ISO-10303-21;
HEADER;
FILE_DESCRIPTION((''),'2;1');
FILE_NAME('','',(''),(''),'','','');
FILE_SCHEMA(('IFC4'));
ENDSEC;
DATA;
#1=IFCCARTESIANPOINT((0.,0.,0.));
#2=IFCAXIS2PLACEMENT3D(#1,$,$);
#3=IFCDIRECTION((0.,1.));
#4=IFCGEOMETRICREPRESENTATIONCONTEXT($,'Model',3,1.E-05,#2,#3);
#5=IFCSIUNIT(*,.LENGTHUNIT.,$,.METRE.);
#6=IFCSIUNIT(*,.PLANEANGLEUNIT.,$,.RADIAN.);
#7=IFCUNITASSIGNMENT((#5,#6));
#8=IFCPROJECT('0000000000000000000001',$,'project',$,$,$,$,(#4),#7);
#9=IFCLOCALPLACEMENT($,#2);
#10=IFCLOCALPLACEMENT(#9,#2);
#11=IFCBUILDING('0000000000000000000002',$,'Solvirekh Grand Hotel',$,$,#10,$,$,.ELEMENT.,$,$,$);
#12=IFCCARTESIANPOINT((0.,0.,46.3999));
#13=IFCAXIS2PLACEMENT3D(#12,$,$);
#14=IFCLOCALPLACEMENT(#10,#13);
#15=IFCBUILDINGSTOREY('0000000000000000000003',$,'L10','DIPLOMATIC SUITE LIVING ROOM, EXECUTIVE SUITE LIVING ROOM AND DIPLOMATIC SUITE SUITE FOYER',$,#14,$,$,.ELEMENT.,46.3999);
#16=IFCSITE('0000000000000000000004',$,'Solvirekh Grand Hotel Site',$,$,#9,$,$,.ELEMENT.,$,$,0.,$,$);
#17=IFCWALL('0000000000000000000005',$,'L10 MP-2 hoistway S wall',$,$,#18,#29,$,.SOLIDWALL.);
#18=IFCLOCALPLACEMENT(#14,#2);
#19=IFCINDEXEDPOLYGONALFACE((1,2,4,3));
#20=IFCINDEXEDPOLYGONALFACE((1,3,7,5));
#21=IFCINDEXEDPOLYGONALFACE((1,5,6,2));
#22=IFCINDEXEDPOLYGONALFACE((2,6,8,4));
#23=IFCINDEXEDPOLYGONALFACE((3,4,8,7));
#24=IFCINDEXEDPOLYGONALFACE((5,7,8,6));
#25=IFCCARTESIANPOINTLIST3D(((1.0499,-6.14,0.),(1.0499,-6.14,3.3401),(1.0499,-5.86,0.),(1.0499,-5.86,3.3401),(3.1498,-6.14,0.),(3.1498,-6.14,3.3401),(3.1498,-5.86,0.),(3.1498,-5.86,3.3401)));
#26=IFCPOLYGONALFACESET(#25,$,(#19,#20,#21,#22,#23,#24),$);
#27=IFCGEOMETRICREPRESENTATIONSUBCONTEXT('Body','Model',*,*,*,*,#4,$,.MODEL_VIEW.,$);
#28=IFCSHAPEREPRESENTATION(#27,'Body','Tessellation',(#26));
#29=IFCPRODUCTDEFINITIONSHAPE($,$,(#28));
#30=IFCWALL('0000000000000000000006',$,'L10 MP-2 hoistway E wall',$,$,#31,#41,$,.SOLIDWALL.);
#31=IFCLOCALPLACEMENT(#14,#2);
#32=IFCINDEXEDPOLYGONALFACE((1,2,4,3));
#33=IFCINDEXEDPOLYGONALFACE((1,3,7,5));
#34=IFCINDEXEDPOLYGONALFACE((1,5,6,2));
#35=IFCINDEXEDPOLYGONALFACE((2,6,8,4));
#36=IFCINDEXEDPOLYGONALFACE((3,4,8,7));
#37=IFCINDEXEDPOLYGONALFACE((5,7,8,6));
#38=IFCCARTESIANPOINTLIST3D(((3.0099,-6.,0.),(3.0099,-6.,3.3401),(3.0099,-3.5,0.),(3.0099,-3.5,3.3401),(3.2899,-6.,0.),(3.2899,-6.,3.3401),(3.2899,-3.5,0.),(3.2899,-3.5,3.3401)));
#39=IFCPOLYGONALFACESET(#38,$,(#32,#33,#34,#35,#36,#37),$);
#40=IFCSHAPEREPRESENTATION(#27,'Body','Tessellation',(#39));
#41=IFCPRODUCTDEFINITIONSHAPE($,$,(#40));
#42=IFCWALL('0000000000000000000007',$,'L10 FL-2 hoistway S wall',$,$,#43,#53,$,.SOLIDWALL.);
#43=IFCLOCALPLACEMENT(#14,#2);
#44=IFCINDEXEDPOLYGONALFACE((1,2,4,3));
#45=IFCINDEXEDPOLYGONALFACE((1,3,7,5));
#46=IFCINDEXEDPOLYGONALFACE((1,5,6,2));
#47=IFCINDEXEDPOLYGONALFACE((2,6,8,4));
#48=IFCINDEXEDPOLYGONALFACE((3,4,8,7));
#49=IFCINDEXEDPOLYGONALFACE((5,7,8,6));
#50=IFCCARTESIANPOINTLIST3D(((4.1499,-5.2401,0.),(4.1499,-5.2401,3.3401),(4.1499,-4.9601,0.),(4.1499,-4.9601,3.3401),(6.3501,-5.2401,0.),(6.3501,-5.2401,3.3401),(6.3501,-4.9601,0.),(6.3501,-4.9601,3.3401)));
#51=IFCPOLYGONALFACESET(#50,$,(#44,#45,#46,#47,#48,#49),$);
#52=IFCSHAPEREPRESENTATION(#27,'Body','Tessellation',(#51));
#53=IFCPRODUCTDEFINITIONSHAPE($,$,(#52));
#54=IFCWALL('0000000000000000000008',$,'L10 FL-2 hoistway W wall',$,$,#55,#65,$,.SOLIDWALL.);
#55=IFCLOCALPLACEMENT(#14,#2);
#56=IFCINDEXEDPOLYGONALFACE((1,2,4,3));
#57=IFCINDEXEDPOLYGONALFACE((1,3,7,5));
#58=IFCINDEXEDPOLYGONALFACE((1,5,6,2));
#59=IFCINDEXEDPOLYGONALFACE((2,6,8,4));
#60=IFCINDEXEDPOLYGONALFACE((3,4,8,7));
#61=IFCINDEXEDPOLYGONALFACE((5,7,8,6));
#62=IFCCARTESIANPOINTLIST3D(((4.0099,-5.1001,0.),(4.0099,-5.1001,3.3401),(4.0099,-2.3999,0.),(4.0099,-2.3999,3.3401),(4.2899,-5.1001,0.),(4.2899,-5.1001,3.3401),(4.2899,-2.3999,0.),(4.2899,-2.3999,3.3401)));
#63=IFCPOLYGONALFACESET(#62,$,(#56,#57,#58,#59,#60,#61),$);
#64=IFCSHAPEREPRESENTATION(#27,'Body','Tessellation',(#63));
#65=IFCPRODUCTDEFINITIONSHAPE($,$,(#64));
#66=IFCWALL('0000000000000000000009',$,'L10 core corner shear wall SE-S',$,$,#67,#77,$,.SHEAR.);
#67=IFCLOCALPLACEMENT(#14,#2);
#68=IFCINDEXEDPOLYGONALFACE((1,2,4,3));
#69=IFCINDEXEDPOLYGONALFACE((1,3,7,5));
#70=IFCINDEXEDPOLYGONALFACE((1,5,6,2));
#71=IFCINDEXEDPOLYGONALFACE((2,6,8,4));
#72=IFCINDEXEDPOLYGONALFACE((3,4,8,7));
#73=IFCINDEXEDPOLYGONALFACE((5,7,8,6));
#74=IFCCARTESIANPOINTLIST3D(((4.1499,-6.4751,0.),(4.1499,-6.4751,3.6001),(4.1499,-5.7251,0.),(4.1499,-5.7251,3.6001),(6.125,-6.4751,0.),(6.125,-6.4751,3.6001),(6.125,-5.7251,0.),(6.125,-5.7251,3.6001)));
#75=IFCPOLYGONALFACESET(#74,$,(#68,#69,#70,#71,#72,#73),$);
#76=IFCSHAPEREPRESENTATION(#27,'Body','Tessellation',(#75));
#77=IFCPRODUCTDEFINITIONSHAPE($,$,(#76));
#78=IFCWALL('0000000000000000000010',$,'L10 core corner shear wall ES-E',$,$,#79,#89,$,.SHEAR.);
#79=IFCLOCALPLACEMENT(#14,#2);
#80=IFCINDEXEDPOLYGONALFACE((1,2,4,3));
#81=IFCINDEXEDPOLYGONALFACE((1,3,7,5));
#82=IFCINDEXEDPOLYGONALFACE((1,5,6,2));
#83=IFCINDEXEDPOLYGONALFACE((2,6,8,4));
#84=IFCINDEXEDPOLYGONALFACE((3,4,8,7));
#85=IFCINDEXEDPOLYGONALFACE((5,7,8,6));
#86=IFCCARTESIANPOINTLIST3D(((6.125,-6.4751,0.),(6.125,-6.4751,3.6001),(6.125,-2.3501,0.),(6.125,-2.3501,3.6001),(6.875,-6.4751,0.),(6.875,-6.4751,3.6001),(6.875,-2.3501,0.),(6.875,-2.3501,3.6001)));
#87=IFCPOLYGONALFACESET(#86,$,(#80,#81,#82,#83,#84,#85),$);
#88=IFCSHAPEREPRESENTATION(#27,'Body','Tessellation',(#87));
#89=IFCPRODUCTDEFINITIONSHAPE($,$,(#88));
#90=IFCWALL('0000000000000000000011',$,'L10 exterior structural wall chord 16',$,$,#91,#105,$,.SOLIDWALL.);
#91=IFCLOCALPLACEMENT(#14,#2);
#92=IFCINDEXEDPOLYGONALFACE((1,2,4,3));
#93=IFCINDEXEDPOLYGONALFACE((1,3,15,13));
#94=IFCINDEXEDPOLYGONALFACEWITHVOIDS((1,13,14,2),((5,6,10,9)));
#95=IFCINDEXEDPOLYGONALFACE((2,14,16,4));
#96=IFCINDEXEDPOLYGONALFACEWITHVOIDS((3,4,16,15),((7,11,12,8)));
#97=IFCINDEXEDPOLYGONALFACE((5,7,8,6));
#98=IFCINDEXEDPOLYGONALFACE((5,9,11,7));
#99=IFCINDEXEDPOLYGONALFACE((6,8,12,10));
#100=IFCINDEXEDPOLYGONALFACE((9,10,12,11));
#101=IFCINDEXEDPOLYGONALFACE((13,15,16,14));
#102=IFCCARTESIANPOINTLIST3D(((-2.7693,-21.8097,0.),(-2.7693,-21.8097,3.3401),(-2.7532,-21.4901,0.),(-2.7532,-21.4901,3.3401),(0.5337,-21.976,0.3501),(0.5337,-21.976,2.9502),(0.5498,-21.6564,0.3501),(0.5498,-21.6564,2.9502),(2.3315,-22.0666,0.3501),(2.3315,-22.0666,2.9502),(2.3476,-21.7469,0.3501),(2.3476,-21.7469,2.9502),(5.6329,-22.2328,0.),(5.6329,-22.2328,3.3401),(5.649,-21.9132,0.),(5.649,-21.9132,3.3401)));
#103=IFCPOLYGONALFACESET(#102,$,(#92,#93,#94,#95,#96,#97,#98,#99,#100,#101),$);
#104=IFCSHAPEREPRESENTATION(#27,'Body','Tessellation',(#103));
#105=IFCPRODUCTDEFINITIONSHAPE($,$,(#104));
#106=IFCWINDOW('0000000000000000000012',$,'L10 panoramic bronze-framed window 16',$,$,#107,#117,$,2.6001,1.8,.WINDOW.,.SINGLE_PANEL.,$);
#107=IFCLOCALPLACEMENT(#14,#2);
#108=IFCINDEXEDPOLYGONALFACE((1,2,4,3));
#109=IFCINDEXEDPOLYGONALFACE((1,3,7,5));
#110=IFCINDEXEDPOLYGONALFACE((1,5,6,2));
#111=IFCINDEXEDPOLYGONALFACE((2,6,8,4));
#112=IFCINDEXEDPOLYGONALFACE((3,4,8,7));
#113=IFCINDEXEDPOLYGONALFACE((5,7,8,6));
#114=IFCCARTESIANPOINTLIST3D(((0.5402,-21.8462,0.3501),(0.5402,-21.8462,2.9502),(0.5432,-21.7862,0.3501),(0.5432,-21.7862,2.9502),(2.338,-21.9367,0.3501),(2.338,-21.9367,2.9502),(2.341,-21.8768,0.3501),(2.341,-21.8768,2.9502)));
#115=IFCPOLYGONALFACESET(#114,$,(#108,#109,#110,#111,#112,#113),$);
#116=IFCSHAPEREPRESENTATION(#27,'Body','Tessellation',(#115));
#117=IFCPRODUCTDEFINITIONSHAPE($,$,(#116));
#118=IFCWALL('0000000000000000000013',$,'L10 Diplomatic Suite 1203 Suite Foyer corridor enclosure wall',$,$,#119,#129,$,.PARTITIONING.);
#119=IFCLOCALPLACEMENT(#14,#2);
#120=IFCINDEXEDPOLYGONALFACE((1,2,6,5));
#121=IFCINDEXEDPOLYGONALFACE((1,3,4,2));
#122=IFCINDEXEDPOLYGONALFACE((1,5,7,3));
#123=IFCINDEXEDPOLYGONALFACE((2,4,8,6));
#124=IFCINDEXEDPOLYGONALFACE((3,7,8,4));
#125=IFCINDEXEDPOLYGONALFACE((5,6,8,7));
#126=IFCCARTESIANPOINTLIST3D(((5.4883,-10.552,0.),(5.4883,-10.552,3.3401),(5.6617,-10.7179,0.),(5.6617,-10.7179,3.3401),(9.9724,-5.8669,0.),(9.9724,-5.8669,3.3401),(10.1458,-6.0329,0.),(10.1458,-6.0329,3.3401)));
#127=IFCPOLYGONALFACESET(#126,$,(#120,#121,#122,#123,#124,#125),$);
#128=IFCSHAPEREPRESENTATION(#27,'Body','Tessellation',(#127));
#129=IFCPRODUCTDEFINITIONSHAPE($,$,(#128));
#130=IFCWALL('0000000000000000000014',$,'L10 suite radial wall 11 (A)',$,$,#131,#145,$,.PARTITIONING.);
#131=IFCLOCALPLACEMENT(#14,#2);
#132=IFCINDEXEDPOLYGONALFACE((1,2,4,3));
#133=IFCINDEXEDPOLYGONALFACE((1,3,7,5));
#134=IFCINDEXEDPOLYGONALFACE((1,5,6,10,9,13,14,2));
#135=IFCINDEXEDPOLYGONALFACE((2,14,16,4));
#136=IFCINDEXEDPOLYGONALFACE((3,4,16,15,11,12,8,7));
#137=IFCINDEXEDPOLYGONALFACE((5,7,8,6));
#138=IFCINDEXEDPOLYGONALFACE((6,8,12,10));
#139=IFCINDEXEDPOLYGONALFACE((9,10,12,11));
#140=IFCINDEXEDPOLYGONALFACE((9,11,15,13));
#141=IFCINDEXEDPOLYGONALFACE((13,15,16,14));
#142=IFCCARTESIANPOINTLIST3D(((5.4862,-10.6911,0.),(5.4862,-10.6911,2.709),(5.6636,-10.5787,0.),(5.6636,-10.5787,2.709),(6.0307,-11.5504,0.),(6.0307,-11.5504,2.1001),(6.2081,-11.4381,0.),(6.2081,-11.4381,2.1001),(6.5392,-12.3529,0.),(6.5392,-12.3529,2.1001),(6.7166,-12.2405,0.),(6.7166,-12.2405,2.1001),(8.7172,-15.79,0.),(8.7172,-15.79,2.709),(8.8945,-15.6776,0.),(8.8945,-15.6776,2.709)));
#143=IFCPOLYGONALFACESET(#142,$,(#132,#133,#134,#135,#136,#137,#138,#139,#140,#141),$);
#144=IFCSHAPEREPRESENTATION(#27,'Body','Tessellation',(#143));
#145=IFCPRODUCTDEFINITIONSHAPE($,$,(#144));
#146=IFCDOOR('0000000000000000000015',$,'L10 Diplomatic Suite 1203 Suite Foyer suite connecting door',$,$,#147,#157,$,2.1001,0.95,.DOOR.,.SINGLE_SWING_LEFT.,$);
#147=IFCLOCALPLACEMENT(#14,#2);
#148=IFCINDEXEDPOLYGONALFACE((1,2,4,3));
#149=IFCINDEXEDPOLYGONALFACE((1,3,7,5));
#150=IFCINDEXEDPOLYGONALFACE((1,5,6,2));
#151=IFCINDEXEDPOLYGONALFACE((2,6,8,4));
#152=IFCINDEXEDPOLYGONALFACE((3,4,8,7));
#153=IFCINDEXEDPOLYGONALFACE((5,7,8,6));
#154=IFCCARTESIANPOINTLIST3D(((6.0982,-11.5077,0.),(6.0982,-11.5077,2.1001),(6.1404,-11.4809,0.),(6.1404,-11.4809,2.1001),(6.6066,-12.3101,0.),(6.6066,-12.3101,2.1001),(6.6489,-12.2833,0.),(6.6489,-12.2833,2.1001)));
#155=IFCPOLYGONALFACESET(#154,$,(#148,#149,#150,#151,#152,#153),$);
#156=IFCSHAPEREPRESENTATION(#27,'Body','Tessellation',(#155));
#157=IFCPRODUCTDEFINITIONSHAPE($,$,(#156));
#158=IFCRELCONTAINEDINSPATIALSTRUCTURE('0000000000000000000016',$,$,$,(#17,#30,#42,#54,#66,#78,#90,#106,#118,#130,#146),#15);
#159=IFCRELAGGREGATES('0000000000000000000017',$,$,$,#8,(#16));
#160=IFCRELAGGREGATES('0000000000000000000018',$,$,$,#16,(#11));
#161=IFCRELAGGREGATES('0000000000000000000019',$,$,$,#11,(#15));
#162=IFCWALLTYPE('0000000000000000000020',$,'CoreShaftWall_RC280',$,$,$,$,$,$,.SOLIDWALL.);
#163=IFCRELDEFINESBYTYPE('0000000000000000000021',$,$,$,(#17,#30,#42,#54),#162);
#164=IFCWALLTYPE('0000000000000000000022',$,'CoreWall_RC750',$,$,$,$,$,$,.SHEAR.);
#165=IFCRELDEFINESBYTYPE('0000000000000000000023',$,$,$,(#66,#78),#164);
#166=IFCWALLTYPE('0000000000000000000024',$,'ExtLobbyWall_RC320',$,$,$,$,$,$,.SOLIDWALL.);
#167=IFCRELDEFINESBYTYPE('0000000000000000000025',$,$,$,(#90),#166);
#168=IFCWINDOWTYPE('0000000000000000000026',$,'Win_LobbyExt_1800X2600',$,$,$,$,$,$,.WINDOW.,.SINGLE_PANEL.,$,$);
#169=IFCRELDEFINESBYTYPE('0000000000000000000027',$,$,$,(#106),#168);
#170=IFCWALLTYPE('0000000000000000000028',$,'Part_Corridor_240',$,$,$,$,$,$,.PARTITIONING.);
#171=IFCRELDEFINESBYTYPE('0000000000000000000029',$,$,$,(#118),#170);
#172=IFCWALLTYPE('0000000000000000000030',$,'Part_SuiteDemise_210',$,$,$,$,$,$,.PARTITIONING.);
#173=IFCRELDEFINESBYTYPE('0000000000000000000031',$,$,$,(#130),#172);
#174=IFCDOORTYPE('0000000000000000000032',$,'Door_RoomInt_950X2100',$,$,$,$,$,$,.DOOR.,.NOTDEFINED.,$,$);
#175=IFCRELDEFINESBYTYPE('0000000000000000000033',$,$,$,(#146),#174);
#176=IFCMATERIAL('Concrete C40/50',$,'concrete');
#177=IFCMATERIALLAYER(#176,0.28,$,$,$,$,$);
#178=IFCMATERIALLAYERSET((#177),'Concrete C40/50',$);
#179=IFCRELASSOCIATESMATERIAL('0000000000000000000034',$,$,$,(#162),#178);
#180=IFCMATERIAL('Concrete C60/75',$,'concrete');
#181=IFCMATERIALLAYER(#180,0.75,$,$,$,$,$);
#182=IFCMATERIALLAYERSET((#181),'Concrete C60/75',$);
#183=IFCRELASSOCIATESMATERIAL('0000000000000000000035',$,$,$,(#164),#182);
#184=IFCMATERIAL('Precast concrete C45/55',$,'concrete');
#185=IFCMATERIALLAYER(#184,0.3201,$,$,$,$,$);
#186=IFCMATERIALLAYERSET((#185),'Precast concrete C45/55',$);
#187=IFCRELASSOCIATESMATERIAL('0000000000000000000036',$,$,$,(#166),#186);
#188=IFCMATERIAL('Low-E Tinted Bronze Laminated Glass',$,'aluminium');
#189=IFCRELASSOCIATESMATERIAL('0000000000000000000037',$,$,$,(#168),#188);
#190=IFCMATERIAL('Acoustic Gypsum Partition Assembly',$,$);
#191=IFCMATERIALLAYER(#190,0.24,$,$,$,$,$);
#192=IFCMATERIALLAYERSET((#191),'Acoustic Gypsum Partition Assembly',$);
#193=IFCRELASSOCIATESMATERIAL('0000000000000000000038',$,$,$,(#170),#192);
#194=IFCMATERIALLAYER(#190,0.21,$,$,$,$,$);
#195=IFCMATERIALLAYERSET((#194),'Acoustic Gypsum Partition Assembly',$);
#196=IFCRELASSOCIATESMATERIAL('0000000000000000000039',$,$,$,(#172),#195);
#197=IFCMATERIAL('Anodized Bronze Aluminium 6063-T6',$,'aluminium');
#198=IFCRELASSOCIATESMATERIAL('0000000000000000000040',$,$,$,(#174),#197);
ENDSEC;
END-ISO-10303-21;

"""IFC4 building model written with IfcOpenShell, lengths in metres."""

from ifc_helpers import new_model, si_unit, direction, frame, frame_2d, origin, place, context, subcontext, project, spatial, rectangle, extrude, material, layer, layer_set, type_object, element, fill, save


model = new_model("IFC4")

# Units and contexts
model_context = context("Model", 3, precision=1e-05, world=origin(), true_north=direction((0.0, 1.0)))
body_context = subcontext(model_context, "Body", "Model", "MODEL_VIEW")
ifc_project = project(units=[si_unit("LENGTHUNIT", "METRE"), si_unit("PLANEANGLEUNIT", "RADIAN")], contexts=[model_context])

# Site, building, storey
site_placement = place(None, origin())
site = spatial("IfcSite", under=ifc_project, at=site_placement, Name="Solvirekh Grand Hotel Site", CompositionType="ELEMENT", RefElevation=0.0)
building_placement = place(site_placement, origin())
building = spatial("IfcBuilding", under=site, at=building_placement, Name="Solvirekh Grand Hotel", CompositionType="ELEMENT")
storey_placement = place(building_placement, frame((0.0, 0.0, 46.3999)))
storey = spatial("IfcBuildingStorey", under=building, at=storey_placement, Name="L10", Description="DIPLOMATIC SUITE LIVING ROOM, EXECUTIVE SUITE LIVING ROOM AND DIPLOMATIC SUITE SUITE FOYER", CompositionType="ELEMENT", Elevation=46.3999)

# Shared definitions
ifc_material_1 = material(Name="Concrete C60/75", Category="concrete")

# Walls
ifc_material_2 = material(Name="Concrete C40/50", Category="concrete")
ifc_layer_1 = layer(ifc_material_2, 0.28)
ifc_layer_set_1 = layer_set([ifc_layer_1], Name="Concrete C40/50")
wall_type_1 = type_object("IfcWallType", Name="CoreShaftWall_RC280", PredefinedType="SOLIDWALL", material=ifc_layer_set_1)
wall_1_placement = place(storey_placement, frame((1.05, -6.0, 0.0), z_axis=(0.0, 0.0, 1.0), x_axis=(1.0, 0.0, 0.0)))
element("IfcWall", 1, at=wall_1_placement, inside=storey, type_object=wall_type_1, Name="L10 MP-2 hoistway S wall", PredefinedType="SOLIDWALL", context=body_context, shape_type="SweptSolid", body=[
    extrude(rectangle(XDim=2.0999, YDim=0.28, at=frame_2d((1.0498, 0.0))), origin(), (0.0, 0.0, 1.0), 3.3401),
])
wall_2_placement = place(storey_placement, frame((3.1499, -6.0, 0.0), z_axis=(0.0, 0.0, 1.0), x_axis=(0.0, 1.0, 0.0)))
element("IfcWall", 2, at=wall_2_placement, inside=storey, type_object=wall_type_1, Name="L10 MP-2 hoistway E wall", PredefinedType="SOLIDWALL", context=body_context, shape_type="SweptSolid", body=[
    extrude(rectangle(XDim=2.5, YDim=0.28, at=frame_2d((1.25, 0.0))), origin(), (0.0, 0.0, 1.0), 3.3401),
])
wall_3_placement = place(storey_placement, frame((4.1499, -5.1001, 0.0), z_axis=(0.0, 0.0, 1.0), x_axis=(1.0, 0.0, 0.0)))
element("IfcWall", 3, at=wall_3_placement, inside=storey, type_object=wall_type_1, Name="L10 FL-2 hoistway S wall", PredefinedType="SOLIDWALL", context=body_context, shape_type="SweptSolid", body=[
    extrude(rectangle(XDim=2.2002, YDim=0.28, at=frame_2d((1.1001, 0.0))), origin(), (0.0, 0.0, 1.0), 3.3401),
])
wall_4_placement = place(storey_placement, frame((4.1499, -2.3999, 0.0), z_axis=(0.0, 0.0, 1.0), x_axis=(0.0, -1.0, 0.0)))
element("IfcWall", 4, at=wall_4_placement, inside=storey, type_object=wall_type_1, Name="L10 FL-2 hoistway W wall", PredefinedType="SOLIDWALL", context=body_context, shape_type="SweptSolid", body=[
    extrude(rectangle(XDim=2.7002, YDim=0.28, at=frame_2d((1.3501, 0.0))), origin(), (0.0, 0.0, 1.0), 3.3401),
])
ifc_layer_2 = layer(ifc_material_1, 0.75)
ifc_layer_set_2 = layer_set([ifc_layer_2], Name="Concrete C60/75")
wall_type_2 = type_object("IfcWallType", Name="CoreWall_RC750", PredefinedType="SHEAR", material=ifc_layer_set_2)
wall_5_placement = place(storey_placement, frame((4.1499, -6.1001, 0.0), z_axis=(0.0, 0.0, 1.0), x_axis=(1.0, 0.0, 0.0)))
element("IfcWall", 5, at=wall_5_placement, inside=storey, type_object=wall_type_2, Name="L10 core corner shear wall SE-S", PredefinedType="SHEAR", context=body_context, shape_type="SweptSolid", body=[
    extrude(rectangle(XDim=1.9751, YDim=0.75, at=frame_2d((0.9875, 0.0))), origin(), (0.0, 0.0, 1.0), 3.6001),
])
wall_6_placement = place(storey_placement, frame((6.5, -6.4751, 0.0), z_axis=(0.0, 0.0, 1.0), x_axis=(0.0, 1.0, 0.0)))
element("IfcWall", 6, at=wall_6_placement, inside=storey, type_object=wall_type_2, Name="L10 core corner shear wall ES-E", PredefinedType="SHEAR", context=body_context, shape_type="SweptSolid", body=[
    extrude(rectangle(XDim=4.125, YDim=0.75, at=frame_2d((2.0625, 0.0))), origin(), (0.0, 0.0, 1.0), 3.6001),
])

# Wall, opening, window
ifc_material_3 = material(Name="Precast concrete C45/55", Category="concrete")
ifc_layer_3 = layer(ifc_material_3, 0.3201)
ifc_layer_set_3 = layer_set([ifc_layer_3], Name="Precast concrete C45/55")
wall_type_3 = type_object("IfcWallType", Name="ExtLobbyWall_RC320", PredefinedType="SOLIDWALL", material=ifc_layer_set_3)
wall_7_placement = place(storey_placement, frame((5.6411, -22.073, 0.0), z_axis=(0.0, 0.0, 1.0), x_axis=(-0.998735, 0.050292, 0.0)))
wall_7 = element("IfcWall", 7, at=wall_7_placement, inside=storey, type_object=wall_type_3, Name="L10 exterior structural wall chord 16", PredefinedType="SOLIDWALL", context=body_context, shape_type="SweptSolid", body=[
    extrude(rectangle(XDim=8.4128, YDim=0.3201, at=frame_2d((4.2065, 0.0))), origin(), (0.0, 0.0, 1.0), 3.3401),
])
opening_1_placement = place(wall_7_placement, frame((3.3059, 0.0, 0.3501)))
opening_1 = element("IfcOpeningElement", 8, at=opening_1_placement, cuts=wall_7, PredefinedType="OPENING", context=body_context, shape_type="SweptSolid", body=[
    extrude(rectangle(XDim=1.8, YDim=2.6001, at=frame_2d((0.8999, 1.3))), frame((0.0, 0.1699, 0.0), z_axis=(0.0, -1.0, 0.0), x_axis=(1.0, 0.0, 0.0)), (0.0, 0.0, 1.0), 0.3401),
])
ifc_material_4 = material(Name="Low-E Tinted Bronze Laminated Glass", Category="aluminium")
window_type = type_object("IfcWindowType", Name="Win_LobbyExt_1800X2600", PartitioningType="SINGLE_PANEL", PredefinedType="WINDOW", material=ifc_material_4)
window_placement = place(opening_1_placement, origin())
window = element("IfcWindow", 9, at=window_placement, inside=storey, type_object=window_type, Name="L10 panoramic bronze-framed window 16", OverallHeight=2.6001, OverallWidth=1.8, PartitioningType="SINGLE_PANEL", PredefinedType="WINDOW", context=body_context, shape_type="SweptSolid", body=[
    extrude(rectangle(XDim=1.8, YDim=2.6001, at=frame_2d((0.8999, 1.3))), frame((0.0, 0.03, 0.0), z_axis=(0.0, -1.0, 0.0), x_axis=(1.0, 0.0, 0.0)), (0.0, 0.0, 1.0), 0.0601),
])
fill(opening_1, window)

# Wall
ifc_material_5 = material(Name="Acoustic Gypsum Partition Assembly")
ifc_layer_4 = layer(ifc_material_5, 0.24)
ifc_layer_set_4 = layer_set([ifc_layer_4], Name="Acoustic Gypsum Partition Assembly")
wall_type_4 = type_object("IfcWallType", Name="Part_Corridor_240", PredefinedType="PARTITIONING", material=ifc_layer_set_4)
wall_8_placement = place(storey_placement, frame((5.575, -10.635, 0.0), z_axis=(0.0, 0.0, 1.0), x_axis=(0.691446, 0.722428, 0.0)))
element("IfcWall", 10, at=wall_8_placement, inside=storey, type_object=wall_type_4, Name="L10 Diplomatic Suite 1203 Suite Foyer corridor enclosure wall", PredefinedType="PARTITIONING", context=body_context, shape_type="SweptSolid", body=[
    extrude(rectangle(XDim=6.4851, YDim=0.24, at=frame_2d((3.2427, 0.0))), origin(), (0.0, 0.0, 1.0), 3.3401),
])

# Wall, opening, door
ifc_layer_5 = layer(ifc_material_5, 0.21)
ifc_layer_set_5 = layer_set([ifc_layer_5], Name="Acoustic Gypsum Partition Assembly")
wall_type_5 = type_object("IfcWallType", Name="Part_SuiteDemise_210", PredefinedType="PARTITIONING", material=ifc_layer_set_5)
wall_9_placement = place(storey_placement, frame((5.575, -10.635, 0.0), z_axis=(0.0, 0.0, 1.0), x_axis=(0.535249, -0.844694, 0.0)))
wall_9 = element("IfcWall", 11, at=wall_9_placement, inside=storey, type_object=wall_type_5, Name="L10 suite radial wall 11 (A)", PredefinedType="PARTITIONING", context=body_context, shape_type="SweptSolid", body=[
    extrude(rectangle(XDim=6.0364, YDim=0.21, at=frame_2d((3.0181, 0.0))), origin(), (0.0, 0.0, 1.0), 2.709),
])
opening_2_placement = place(wall_9_placement, frame((1.0171, 0.0, 0.0)))
opening_2 = element("IfcOpeningElement", 12, at=opening_2_placement, cuts=wall_9, PredefinedType="OPENING", context=body_context, shape_type="SweptSolid", body=[
    extrude(rectangle(XDim=0.95, YDim=2.1001, at=frame_2d((0.4751, 1.05))), frame((0.0, 0.115, 0.0), z_axis=(0.0, -1.0, 0.0), x_axis=(1.0, 0.0, 0.0)), (0.0, 0.0, 1.0), 0.23),
])
ifc_material_6 = material(Name="Anodized Bronze Aluminium 6063-T6", Category="aluminium")
door_type = type_object("IfcDoorType", Name="Door_RoomInt_950X2100", OperationType="NOTDEFINED", PredefinedType="DOOR", material=ifc_material_6)
door_placement = place(opening_2_placement, origin())
door = element("IfcDoor", 13, at=door_placement, inside=storey, type_object=door_type, Name="L10 Diplomatic Suite 1203 Suite Foyer suite connecting door", OperationType="SINGLE_SWING_LEFT", OverallHeight=2.1001, OverallWidth=0.95, PredefinedType="DOOR", context=body_context, shape_type="SweptSolid", body=[
    extrude(rectangle(XDim=0.95, YDim=2.1001, at=frame_2d((0.4751, 1.05))), frame((0.0, 0.0249, 0.0), z_axis=(0.0, -1.0, 0.0), x_axis=(1.0, 0.0, 0.0)), (0.0, 0.0, 1.0), 0.05),
])
fill(opening_2, door)

save(model, "model.ifc")
